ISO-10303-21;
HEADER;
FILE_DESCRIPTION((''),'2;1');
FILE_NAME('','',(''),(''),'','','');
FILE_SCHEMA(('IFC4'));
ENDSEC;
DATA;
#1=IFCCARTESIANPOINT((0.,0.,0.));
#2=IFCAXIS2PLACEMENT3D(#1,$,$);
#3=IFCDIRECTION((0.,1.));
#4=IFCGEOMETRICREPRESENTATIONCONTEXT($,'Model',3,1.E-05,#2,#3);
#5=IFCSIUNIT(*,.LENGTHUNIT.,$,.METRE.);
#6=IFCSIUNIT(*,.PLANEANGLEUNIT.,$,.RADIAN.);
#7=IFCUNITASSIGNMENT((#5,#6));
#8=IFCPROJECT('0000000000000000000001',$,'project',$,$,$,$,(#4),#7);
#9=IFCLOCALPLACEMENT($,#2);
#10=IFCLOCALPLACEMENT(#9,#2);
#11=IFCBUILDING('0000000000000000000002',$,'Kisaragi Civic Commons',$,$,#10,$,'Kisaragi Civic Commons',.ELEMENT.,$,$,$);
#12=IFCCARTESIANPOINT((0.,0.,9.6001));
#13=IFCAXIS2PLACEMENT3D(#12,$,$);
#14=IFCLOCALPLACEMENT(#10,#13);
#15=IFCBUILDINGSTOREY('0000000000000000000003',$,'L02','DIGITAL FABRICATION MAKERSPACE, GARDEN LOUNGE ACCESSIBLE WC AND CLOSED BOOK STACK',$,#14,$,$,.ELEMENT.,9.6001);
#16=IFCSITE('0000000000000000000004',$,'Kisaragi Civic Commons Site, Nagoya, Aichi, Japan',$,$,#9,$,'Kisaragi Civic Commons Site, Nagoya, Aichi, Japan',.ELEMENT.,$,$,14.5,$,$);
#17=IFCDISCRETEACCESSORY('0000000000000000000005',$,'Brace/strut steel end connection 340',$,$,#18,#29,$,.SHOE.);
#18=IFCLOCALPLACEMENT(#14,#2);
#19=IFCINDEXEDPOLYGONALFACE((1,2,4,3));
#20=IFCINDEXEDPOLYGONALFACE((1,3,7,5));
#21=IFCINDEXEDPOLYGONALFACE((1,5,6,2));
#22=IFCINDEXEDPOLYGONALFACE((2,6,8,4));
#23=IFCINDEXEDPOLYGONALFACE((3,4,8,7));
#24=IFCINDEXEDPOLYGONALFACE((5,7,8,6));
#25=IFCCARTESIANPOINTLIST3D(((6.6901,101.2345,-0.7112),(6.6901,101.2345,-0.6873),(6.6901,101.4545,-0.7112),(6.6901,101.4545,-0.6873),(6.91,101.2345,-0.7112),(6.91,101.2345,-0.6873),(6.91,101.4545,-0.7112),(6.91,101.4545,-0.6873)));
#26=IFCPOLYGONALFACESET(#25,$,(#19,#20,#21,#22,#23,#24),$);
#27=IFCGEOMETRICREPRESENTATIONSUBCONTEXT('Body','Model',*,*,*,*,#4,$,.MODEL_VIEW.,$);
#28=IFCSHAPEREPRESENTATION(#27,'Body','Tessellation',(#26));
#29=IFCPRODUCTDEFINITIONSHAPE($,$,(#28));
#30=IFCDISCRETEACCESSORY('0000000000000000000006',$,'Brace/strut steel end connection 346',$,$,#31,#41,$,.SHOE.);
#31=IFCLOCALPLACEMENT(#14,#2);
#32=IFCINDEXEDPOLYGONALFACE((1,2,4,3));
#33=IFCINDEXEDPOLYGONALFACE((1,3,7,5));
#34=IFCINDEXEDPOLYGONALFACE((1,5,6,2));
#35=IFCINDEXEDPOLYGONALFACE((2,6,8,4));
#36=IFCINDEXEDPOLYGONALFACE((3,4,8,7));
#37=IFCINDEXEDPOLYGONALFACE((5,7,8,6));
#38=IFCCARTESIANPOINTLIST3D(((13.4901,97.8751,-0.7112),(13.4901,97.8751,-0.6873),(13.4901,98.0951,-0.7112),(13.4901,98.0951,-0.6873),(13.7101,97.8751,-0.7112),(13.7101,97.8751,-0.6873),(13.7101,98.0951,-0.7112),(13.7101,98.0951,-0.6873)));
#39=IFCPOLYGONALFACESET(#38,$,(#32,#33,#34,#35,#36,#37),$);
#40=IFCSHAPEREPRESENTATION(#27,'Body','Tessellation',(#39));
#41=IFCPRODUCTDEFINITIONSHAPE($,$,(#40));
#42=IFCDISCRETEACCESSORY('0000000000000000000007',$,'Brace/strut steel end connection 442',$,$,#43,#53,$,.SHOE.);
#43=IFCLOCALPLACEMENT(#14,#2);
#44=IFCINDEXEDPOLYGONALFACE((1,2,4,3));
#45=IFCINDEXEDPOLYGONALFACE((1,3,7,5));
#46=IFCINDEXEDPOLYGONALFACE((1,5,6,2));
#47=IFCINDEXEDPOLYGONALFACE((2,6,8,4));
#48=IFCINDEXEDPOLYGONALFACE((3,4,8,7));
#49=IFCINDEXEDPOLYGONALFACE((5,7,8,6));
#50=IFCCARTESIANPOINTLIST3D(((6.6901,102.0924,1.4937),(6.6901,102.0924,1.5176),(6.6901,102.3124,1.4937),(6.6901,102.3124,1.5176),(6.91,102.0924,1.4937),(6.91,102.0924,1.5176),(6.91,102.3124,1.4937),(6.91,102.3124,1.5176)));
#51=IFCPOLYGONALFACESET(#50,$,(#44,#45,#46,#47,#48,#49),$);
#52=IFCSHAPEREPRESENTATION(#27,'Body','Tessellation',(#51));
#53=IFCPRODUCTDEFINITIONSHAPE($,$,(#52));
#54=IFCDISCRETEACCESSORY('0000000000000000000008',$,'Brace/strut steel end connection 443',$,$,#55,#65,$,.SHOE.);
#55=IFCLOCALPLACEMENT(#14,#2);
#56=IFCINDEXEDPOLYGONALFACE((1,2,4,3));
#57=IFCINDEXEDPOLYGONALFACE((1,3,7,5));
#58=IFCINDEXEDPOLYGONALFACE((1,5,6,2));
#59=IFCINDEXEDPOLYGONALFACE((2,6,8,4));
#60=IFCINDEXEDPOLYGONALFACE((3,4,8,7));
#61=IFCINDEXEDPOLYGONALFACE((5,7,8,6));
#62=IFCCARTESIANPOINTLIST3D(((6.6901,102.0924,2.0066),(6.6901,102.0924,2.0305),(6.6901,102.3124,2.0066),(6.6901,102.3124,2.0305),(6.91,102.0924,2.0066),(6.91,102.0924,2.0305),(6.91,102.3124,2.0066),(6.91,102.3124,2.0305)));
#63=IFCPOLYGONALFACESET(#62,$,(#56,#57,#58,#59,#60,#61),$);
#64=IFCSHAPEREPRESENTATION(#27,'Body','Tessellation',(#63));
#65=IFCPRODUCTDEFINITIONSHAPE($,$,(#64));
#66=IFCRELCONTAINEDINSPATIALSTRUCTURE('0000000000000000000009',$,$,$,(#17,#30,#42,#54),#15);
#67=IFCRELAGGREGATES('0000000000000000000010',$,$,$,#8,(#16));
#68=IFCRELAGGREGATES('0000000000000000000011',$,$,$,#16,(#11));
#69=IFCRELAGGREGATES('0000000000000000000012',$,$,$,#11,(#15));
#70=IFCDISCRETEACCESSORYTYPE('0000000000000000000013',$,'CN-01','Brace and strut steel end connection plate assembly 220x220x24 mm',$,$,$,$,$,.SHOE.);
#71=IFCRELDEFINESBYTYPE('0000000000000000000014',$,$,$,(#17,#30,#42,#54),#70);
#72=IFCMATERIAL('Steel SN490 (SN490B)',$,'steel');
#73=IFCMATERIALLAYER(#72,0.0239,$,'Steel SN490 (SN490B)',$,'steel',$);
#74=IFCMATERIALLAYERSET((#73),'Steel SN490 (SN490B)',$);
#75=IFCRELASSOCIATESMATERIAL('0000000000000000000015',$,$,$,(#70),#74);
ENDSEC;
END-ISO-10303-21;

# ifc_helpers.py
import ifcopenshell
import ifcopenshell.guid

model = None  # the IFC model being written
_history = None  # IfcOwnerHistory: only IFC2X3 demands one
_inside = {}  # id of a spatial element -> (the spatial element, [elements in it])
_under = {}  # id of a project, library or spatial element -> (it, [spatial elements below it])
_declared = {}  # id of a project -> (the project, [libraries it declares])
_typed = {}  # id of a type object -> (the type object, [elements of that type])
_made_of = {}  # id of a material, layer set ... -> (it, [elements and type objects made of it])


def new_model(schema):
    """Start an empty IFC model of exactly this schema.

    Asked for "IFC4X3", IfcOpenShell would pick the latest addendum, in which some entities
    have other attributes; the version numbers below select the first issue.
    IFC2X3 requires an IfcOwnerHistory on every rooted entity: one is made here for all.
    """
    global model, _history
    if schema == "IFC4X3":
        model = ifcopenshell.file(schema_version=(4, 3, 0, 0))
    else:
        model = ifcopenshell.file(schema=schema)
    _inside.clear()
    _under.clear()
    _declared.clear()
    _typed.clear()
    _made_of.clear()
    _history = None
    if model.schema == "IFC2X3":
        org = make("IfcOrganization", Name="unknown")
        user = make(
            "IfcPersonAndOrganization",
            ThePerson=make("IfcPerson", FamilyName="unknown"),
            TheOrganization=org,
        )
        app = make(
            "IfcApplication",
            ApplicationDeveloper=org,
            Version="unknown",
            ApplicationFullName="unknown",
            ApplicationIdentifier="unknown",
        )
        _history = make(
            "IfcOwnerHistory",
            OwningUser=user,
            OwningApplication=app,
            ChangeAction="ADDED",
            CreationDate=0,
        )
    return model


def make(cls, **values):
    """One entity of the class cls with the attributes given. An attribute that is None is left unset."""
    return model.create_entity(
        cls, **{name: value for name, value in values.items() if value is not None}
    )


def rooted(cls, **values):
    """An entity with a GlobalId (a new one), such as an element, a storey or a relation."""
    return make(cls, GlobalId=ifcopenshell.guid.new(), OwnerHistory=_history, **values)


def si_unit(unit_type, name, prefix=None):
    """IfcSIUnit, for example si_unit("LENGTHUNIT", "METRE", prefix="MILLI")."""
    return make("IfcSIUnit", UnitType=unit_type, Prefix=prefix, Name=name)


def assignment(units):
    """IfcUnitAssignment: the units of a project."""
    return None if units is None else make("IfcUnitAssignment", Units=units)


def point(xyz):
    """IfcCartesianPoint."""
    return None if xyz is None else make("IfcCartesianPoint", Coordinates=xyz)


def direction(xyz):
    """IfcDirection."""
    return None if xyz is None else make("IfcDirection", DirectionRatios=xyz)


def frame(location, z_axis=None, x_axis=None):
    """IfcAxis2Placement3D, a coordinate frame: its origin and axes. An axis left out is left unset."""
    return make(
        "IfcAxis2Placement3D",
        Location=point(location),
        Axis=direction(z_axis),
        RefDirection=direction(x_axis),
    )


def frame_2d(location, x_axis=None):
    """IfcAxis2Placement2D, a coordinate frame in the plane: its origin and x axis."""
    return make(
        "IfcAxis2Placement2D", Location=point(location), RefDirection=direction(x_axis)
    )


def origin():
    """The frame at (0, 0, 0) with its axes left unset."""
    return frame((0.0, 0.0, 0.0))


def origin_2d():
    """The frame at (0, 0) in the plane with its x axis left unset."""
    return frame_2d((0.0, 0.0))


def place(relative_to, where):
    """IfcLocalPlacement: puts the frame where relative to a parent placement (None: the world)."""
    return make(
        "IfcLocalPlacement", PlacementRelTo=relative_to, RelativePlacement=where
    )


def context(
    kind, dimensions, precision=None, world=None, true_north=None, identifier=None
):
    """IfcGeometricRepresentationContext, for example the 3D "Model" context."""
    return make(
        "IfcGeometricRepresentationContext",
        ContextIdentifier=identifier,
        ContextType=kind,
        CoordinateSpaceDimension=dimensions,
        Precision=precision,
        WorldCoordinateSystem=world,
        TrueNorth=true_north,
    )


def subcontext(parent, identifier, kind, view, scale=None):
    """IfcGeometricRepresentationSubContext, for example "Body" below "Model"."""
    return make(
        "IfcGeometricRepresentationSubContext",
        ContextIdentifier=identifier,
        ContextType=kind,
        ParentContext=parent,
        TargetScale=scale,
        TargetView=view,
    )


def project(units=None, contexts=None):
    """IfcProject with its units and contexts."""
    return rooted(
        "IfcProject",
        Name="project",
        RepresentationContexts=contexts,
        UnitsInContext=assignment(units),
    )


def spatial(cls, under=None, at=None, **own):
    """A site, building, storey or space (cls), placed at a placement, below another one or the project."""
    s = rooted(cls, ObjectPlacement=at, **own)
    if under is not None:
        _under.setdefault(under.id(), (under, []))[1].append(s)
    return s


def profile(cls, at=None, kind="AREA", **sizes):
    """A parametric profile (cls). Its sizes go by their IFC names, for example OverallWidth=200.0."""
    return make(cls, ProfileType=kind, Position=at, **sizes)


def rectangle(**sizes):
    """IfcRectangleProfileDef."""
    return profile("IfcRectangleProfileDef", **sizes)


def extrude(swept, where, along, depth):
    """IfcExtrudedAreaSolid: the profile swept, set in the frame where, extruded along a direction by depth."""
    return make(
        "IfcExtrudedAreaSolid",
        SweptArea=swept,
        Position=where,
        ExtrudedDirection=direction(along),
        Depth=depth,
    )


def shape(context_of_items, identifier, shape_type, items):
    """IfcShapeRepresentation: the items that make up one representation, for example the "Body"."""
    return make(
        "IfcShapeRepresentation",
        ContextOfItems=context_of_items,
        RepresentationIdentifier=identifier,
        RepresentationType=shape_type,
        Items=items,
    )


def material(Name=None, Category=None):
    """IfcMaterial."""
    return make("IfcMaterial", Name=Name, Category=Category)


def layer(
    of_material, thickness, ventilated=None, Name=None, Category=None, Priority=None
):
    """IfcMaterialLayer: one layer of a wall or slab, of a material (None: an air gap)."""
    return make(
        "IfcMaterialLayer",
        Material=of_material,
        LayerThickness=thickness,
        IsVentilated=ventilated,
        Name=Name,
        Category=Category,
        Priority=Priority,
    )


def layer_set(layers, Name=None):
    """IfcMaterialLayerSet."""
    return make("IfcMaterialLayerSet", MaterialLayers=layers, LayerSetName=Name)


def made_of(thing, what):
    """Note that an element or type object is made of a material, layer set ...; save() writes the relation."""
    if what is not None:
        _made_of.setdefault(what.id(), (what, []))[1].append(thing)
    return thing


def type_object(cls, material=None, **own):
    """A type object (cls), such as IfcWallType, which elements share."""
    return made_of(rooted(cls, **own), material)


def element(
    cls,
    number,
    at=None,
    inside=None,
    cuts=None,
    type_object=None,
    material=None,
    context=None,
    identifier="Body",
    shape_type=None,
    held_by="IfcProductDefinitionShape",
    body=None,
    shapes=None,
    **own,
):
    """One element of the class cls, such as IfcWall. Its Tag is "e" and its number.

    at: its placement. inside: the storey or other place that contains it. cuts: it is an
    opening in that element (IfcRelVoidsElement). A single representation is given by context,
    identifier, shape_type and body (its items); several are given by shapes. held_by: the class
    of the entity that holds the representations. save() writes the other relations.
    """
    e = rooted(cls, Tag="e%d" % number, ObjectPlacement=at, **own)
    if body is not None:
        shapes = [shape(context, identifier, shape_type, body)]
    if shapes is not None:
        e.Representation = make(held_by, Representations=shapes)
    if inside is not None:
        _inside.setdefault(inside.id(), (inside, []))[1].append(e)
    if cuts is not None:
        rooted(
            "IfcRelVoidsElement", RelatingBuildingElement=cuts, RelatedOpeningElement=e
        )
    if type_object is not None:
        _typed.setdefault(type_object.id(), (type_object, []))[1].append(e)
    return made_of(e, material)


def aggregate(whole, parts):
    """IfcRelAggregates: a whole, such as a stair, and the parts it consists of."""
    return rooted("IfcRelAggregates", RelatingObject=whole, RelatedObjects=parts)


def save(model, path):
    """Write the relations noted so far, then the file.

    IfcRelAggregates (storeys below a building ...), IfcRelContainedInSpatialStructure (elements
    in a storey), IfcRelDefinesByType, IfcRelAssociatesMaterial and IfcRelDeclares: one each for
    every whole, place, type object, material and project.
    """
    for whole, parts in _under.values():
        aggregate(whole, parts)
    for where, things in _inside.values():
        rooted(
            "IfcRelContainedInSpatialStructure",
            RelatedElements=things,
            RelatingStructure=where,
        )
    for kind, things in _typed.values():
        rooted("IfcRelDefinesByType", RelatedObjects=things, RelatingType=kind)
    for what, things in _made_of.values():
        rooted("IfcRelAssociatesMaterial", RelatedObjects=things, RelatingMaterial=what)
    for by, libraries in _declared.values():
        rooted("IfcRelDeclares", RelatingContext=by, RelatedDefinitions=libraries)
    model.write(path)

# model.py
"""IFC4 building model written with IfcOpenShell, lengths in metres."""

from ifc_helpers import new_model, si_unit, direction, frame, origin, origin_2d, place, context, subcontext, project, spatial, rectangle, extrude, material, layer, layer_set, type_object, element, save


model = new_model("IFC4")

# Units and contexts
model_context = context("Model", 3, precision=1e-05, world=origin(), true_north=direction((0.0, 1.0)))
body_context = subcontext(model_context, "Body", "Model", "MODEL_VIEW")
ifc_project = project(units=[si_unit("LENGTHUNIT", "METRE"), si_unit("PLANEANGLEUNIT", "RADIAN")], contexts=[model_context])

# Site, building, storey
site_placement = place(None, origin())
site = spatial("IfcSite", under=ifc_project, at=site_placement, Name="Kisaragi Civic Commons Site, Nagoya, Aichi, Japan", LongName="Kisaragi Civic Commons Site, Nagoya, Aichi, Japan", CompositionType="ELEMENT", RefElevation=14.5)
building_placement = place(site_placement, origin())
building = spatial("IfcBuilding", under=site, at=building_placement, Name="Kisaragi Civic Commons", LongName="Kisaragi Civic Commons", CompositionType="ELEMENT")
storey_placement = place(building_placement, frame((0.0, 0.0, 9.6001)))
storey = spatial("IfcBuildingStorey", under=building, at=storey_placement, Name="L02", Description="DIGITAL FABRICATION MAKERSPACE, GARDEN LOUNGE ACCESSIBLE WC AND CLOSED BOOK STACK", CompositionType="ELEMENT", Elevation=9.6001)

# Shared definitions
ifc_material_1 = material(Name="Steel SN490 (SN490B)", Category="steel")

# Discrete accessories
ifc_layer_1 = layer(ifc_material_1, 0.0239, Name="Steel SN490 (SN490B)", Category="steel")
ifc_layer_set_1 = layer_set([ifc_layer_1], Name="Steel SN490 (SN490B)")
discrete_accessory_type = type_object("IfcDiscreteAccessoryType", Name="CN-01", Description="Brace and strut steel end connection plate assembly 220x220x24 mm", PredefinedType="SHOE", material=ifc_layer_set_1)
for number, where, z_axis, x_axis, name in (
    (1, (6.8, 101.3445, -0.7112), (0.0, 0.0, 1.0), (1.0, 0.0, 0.0), "Brace/strut steel end connection 340"),
    (2, (13.6001, 97.9851, -0.7112), (0.0, 0.0, 1.0), (1.0, 0.0, 0.0), "Brace/strut steel end connection 346"),
    (3, (6.8, 102.2024, 1.4937), (0.0, 0.0, 1.0), (1.0, 0.0, 0.0), "Brace/strut steel end connection 442"),
    (4, (6.8, 102.2024, 2.0066), (0.0, 0.0, 1.0), (1.0, 0.0, 0.0), "Brace/strut steel end connection 443"),
):
    element("IfcDiscreteAccessory", number, at=place(storey_placement, frame(where, z_axis=z_axis, x_axis=x_axis)), inside=storey, type_object=discrete_accessory_type, Name=name, PredefinedType="SHOE", context=body_context, shape_type="SweptSolid", body=[
        extrude(rectangle(XDim=0.22, YDim=0.22, at=origin_2d()), origin(), (0.0, 0.0, 1.0), 0.0239),
    ])

save(model, "model.ifc")
